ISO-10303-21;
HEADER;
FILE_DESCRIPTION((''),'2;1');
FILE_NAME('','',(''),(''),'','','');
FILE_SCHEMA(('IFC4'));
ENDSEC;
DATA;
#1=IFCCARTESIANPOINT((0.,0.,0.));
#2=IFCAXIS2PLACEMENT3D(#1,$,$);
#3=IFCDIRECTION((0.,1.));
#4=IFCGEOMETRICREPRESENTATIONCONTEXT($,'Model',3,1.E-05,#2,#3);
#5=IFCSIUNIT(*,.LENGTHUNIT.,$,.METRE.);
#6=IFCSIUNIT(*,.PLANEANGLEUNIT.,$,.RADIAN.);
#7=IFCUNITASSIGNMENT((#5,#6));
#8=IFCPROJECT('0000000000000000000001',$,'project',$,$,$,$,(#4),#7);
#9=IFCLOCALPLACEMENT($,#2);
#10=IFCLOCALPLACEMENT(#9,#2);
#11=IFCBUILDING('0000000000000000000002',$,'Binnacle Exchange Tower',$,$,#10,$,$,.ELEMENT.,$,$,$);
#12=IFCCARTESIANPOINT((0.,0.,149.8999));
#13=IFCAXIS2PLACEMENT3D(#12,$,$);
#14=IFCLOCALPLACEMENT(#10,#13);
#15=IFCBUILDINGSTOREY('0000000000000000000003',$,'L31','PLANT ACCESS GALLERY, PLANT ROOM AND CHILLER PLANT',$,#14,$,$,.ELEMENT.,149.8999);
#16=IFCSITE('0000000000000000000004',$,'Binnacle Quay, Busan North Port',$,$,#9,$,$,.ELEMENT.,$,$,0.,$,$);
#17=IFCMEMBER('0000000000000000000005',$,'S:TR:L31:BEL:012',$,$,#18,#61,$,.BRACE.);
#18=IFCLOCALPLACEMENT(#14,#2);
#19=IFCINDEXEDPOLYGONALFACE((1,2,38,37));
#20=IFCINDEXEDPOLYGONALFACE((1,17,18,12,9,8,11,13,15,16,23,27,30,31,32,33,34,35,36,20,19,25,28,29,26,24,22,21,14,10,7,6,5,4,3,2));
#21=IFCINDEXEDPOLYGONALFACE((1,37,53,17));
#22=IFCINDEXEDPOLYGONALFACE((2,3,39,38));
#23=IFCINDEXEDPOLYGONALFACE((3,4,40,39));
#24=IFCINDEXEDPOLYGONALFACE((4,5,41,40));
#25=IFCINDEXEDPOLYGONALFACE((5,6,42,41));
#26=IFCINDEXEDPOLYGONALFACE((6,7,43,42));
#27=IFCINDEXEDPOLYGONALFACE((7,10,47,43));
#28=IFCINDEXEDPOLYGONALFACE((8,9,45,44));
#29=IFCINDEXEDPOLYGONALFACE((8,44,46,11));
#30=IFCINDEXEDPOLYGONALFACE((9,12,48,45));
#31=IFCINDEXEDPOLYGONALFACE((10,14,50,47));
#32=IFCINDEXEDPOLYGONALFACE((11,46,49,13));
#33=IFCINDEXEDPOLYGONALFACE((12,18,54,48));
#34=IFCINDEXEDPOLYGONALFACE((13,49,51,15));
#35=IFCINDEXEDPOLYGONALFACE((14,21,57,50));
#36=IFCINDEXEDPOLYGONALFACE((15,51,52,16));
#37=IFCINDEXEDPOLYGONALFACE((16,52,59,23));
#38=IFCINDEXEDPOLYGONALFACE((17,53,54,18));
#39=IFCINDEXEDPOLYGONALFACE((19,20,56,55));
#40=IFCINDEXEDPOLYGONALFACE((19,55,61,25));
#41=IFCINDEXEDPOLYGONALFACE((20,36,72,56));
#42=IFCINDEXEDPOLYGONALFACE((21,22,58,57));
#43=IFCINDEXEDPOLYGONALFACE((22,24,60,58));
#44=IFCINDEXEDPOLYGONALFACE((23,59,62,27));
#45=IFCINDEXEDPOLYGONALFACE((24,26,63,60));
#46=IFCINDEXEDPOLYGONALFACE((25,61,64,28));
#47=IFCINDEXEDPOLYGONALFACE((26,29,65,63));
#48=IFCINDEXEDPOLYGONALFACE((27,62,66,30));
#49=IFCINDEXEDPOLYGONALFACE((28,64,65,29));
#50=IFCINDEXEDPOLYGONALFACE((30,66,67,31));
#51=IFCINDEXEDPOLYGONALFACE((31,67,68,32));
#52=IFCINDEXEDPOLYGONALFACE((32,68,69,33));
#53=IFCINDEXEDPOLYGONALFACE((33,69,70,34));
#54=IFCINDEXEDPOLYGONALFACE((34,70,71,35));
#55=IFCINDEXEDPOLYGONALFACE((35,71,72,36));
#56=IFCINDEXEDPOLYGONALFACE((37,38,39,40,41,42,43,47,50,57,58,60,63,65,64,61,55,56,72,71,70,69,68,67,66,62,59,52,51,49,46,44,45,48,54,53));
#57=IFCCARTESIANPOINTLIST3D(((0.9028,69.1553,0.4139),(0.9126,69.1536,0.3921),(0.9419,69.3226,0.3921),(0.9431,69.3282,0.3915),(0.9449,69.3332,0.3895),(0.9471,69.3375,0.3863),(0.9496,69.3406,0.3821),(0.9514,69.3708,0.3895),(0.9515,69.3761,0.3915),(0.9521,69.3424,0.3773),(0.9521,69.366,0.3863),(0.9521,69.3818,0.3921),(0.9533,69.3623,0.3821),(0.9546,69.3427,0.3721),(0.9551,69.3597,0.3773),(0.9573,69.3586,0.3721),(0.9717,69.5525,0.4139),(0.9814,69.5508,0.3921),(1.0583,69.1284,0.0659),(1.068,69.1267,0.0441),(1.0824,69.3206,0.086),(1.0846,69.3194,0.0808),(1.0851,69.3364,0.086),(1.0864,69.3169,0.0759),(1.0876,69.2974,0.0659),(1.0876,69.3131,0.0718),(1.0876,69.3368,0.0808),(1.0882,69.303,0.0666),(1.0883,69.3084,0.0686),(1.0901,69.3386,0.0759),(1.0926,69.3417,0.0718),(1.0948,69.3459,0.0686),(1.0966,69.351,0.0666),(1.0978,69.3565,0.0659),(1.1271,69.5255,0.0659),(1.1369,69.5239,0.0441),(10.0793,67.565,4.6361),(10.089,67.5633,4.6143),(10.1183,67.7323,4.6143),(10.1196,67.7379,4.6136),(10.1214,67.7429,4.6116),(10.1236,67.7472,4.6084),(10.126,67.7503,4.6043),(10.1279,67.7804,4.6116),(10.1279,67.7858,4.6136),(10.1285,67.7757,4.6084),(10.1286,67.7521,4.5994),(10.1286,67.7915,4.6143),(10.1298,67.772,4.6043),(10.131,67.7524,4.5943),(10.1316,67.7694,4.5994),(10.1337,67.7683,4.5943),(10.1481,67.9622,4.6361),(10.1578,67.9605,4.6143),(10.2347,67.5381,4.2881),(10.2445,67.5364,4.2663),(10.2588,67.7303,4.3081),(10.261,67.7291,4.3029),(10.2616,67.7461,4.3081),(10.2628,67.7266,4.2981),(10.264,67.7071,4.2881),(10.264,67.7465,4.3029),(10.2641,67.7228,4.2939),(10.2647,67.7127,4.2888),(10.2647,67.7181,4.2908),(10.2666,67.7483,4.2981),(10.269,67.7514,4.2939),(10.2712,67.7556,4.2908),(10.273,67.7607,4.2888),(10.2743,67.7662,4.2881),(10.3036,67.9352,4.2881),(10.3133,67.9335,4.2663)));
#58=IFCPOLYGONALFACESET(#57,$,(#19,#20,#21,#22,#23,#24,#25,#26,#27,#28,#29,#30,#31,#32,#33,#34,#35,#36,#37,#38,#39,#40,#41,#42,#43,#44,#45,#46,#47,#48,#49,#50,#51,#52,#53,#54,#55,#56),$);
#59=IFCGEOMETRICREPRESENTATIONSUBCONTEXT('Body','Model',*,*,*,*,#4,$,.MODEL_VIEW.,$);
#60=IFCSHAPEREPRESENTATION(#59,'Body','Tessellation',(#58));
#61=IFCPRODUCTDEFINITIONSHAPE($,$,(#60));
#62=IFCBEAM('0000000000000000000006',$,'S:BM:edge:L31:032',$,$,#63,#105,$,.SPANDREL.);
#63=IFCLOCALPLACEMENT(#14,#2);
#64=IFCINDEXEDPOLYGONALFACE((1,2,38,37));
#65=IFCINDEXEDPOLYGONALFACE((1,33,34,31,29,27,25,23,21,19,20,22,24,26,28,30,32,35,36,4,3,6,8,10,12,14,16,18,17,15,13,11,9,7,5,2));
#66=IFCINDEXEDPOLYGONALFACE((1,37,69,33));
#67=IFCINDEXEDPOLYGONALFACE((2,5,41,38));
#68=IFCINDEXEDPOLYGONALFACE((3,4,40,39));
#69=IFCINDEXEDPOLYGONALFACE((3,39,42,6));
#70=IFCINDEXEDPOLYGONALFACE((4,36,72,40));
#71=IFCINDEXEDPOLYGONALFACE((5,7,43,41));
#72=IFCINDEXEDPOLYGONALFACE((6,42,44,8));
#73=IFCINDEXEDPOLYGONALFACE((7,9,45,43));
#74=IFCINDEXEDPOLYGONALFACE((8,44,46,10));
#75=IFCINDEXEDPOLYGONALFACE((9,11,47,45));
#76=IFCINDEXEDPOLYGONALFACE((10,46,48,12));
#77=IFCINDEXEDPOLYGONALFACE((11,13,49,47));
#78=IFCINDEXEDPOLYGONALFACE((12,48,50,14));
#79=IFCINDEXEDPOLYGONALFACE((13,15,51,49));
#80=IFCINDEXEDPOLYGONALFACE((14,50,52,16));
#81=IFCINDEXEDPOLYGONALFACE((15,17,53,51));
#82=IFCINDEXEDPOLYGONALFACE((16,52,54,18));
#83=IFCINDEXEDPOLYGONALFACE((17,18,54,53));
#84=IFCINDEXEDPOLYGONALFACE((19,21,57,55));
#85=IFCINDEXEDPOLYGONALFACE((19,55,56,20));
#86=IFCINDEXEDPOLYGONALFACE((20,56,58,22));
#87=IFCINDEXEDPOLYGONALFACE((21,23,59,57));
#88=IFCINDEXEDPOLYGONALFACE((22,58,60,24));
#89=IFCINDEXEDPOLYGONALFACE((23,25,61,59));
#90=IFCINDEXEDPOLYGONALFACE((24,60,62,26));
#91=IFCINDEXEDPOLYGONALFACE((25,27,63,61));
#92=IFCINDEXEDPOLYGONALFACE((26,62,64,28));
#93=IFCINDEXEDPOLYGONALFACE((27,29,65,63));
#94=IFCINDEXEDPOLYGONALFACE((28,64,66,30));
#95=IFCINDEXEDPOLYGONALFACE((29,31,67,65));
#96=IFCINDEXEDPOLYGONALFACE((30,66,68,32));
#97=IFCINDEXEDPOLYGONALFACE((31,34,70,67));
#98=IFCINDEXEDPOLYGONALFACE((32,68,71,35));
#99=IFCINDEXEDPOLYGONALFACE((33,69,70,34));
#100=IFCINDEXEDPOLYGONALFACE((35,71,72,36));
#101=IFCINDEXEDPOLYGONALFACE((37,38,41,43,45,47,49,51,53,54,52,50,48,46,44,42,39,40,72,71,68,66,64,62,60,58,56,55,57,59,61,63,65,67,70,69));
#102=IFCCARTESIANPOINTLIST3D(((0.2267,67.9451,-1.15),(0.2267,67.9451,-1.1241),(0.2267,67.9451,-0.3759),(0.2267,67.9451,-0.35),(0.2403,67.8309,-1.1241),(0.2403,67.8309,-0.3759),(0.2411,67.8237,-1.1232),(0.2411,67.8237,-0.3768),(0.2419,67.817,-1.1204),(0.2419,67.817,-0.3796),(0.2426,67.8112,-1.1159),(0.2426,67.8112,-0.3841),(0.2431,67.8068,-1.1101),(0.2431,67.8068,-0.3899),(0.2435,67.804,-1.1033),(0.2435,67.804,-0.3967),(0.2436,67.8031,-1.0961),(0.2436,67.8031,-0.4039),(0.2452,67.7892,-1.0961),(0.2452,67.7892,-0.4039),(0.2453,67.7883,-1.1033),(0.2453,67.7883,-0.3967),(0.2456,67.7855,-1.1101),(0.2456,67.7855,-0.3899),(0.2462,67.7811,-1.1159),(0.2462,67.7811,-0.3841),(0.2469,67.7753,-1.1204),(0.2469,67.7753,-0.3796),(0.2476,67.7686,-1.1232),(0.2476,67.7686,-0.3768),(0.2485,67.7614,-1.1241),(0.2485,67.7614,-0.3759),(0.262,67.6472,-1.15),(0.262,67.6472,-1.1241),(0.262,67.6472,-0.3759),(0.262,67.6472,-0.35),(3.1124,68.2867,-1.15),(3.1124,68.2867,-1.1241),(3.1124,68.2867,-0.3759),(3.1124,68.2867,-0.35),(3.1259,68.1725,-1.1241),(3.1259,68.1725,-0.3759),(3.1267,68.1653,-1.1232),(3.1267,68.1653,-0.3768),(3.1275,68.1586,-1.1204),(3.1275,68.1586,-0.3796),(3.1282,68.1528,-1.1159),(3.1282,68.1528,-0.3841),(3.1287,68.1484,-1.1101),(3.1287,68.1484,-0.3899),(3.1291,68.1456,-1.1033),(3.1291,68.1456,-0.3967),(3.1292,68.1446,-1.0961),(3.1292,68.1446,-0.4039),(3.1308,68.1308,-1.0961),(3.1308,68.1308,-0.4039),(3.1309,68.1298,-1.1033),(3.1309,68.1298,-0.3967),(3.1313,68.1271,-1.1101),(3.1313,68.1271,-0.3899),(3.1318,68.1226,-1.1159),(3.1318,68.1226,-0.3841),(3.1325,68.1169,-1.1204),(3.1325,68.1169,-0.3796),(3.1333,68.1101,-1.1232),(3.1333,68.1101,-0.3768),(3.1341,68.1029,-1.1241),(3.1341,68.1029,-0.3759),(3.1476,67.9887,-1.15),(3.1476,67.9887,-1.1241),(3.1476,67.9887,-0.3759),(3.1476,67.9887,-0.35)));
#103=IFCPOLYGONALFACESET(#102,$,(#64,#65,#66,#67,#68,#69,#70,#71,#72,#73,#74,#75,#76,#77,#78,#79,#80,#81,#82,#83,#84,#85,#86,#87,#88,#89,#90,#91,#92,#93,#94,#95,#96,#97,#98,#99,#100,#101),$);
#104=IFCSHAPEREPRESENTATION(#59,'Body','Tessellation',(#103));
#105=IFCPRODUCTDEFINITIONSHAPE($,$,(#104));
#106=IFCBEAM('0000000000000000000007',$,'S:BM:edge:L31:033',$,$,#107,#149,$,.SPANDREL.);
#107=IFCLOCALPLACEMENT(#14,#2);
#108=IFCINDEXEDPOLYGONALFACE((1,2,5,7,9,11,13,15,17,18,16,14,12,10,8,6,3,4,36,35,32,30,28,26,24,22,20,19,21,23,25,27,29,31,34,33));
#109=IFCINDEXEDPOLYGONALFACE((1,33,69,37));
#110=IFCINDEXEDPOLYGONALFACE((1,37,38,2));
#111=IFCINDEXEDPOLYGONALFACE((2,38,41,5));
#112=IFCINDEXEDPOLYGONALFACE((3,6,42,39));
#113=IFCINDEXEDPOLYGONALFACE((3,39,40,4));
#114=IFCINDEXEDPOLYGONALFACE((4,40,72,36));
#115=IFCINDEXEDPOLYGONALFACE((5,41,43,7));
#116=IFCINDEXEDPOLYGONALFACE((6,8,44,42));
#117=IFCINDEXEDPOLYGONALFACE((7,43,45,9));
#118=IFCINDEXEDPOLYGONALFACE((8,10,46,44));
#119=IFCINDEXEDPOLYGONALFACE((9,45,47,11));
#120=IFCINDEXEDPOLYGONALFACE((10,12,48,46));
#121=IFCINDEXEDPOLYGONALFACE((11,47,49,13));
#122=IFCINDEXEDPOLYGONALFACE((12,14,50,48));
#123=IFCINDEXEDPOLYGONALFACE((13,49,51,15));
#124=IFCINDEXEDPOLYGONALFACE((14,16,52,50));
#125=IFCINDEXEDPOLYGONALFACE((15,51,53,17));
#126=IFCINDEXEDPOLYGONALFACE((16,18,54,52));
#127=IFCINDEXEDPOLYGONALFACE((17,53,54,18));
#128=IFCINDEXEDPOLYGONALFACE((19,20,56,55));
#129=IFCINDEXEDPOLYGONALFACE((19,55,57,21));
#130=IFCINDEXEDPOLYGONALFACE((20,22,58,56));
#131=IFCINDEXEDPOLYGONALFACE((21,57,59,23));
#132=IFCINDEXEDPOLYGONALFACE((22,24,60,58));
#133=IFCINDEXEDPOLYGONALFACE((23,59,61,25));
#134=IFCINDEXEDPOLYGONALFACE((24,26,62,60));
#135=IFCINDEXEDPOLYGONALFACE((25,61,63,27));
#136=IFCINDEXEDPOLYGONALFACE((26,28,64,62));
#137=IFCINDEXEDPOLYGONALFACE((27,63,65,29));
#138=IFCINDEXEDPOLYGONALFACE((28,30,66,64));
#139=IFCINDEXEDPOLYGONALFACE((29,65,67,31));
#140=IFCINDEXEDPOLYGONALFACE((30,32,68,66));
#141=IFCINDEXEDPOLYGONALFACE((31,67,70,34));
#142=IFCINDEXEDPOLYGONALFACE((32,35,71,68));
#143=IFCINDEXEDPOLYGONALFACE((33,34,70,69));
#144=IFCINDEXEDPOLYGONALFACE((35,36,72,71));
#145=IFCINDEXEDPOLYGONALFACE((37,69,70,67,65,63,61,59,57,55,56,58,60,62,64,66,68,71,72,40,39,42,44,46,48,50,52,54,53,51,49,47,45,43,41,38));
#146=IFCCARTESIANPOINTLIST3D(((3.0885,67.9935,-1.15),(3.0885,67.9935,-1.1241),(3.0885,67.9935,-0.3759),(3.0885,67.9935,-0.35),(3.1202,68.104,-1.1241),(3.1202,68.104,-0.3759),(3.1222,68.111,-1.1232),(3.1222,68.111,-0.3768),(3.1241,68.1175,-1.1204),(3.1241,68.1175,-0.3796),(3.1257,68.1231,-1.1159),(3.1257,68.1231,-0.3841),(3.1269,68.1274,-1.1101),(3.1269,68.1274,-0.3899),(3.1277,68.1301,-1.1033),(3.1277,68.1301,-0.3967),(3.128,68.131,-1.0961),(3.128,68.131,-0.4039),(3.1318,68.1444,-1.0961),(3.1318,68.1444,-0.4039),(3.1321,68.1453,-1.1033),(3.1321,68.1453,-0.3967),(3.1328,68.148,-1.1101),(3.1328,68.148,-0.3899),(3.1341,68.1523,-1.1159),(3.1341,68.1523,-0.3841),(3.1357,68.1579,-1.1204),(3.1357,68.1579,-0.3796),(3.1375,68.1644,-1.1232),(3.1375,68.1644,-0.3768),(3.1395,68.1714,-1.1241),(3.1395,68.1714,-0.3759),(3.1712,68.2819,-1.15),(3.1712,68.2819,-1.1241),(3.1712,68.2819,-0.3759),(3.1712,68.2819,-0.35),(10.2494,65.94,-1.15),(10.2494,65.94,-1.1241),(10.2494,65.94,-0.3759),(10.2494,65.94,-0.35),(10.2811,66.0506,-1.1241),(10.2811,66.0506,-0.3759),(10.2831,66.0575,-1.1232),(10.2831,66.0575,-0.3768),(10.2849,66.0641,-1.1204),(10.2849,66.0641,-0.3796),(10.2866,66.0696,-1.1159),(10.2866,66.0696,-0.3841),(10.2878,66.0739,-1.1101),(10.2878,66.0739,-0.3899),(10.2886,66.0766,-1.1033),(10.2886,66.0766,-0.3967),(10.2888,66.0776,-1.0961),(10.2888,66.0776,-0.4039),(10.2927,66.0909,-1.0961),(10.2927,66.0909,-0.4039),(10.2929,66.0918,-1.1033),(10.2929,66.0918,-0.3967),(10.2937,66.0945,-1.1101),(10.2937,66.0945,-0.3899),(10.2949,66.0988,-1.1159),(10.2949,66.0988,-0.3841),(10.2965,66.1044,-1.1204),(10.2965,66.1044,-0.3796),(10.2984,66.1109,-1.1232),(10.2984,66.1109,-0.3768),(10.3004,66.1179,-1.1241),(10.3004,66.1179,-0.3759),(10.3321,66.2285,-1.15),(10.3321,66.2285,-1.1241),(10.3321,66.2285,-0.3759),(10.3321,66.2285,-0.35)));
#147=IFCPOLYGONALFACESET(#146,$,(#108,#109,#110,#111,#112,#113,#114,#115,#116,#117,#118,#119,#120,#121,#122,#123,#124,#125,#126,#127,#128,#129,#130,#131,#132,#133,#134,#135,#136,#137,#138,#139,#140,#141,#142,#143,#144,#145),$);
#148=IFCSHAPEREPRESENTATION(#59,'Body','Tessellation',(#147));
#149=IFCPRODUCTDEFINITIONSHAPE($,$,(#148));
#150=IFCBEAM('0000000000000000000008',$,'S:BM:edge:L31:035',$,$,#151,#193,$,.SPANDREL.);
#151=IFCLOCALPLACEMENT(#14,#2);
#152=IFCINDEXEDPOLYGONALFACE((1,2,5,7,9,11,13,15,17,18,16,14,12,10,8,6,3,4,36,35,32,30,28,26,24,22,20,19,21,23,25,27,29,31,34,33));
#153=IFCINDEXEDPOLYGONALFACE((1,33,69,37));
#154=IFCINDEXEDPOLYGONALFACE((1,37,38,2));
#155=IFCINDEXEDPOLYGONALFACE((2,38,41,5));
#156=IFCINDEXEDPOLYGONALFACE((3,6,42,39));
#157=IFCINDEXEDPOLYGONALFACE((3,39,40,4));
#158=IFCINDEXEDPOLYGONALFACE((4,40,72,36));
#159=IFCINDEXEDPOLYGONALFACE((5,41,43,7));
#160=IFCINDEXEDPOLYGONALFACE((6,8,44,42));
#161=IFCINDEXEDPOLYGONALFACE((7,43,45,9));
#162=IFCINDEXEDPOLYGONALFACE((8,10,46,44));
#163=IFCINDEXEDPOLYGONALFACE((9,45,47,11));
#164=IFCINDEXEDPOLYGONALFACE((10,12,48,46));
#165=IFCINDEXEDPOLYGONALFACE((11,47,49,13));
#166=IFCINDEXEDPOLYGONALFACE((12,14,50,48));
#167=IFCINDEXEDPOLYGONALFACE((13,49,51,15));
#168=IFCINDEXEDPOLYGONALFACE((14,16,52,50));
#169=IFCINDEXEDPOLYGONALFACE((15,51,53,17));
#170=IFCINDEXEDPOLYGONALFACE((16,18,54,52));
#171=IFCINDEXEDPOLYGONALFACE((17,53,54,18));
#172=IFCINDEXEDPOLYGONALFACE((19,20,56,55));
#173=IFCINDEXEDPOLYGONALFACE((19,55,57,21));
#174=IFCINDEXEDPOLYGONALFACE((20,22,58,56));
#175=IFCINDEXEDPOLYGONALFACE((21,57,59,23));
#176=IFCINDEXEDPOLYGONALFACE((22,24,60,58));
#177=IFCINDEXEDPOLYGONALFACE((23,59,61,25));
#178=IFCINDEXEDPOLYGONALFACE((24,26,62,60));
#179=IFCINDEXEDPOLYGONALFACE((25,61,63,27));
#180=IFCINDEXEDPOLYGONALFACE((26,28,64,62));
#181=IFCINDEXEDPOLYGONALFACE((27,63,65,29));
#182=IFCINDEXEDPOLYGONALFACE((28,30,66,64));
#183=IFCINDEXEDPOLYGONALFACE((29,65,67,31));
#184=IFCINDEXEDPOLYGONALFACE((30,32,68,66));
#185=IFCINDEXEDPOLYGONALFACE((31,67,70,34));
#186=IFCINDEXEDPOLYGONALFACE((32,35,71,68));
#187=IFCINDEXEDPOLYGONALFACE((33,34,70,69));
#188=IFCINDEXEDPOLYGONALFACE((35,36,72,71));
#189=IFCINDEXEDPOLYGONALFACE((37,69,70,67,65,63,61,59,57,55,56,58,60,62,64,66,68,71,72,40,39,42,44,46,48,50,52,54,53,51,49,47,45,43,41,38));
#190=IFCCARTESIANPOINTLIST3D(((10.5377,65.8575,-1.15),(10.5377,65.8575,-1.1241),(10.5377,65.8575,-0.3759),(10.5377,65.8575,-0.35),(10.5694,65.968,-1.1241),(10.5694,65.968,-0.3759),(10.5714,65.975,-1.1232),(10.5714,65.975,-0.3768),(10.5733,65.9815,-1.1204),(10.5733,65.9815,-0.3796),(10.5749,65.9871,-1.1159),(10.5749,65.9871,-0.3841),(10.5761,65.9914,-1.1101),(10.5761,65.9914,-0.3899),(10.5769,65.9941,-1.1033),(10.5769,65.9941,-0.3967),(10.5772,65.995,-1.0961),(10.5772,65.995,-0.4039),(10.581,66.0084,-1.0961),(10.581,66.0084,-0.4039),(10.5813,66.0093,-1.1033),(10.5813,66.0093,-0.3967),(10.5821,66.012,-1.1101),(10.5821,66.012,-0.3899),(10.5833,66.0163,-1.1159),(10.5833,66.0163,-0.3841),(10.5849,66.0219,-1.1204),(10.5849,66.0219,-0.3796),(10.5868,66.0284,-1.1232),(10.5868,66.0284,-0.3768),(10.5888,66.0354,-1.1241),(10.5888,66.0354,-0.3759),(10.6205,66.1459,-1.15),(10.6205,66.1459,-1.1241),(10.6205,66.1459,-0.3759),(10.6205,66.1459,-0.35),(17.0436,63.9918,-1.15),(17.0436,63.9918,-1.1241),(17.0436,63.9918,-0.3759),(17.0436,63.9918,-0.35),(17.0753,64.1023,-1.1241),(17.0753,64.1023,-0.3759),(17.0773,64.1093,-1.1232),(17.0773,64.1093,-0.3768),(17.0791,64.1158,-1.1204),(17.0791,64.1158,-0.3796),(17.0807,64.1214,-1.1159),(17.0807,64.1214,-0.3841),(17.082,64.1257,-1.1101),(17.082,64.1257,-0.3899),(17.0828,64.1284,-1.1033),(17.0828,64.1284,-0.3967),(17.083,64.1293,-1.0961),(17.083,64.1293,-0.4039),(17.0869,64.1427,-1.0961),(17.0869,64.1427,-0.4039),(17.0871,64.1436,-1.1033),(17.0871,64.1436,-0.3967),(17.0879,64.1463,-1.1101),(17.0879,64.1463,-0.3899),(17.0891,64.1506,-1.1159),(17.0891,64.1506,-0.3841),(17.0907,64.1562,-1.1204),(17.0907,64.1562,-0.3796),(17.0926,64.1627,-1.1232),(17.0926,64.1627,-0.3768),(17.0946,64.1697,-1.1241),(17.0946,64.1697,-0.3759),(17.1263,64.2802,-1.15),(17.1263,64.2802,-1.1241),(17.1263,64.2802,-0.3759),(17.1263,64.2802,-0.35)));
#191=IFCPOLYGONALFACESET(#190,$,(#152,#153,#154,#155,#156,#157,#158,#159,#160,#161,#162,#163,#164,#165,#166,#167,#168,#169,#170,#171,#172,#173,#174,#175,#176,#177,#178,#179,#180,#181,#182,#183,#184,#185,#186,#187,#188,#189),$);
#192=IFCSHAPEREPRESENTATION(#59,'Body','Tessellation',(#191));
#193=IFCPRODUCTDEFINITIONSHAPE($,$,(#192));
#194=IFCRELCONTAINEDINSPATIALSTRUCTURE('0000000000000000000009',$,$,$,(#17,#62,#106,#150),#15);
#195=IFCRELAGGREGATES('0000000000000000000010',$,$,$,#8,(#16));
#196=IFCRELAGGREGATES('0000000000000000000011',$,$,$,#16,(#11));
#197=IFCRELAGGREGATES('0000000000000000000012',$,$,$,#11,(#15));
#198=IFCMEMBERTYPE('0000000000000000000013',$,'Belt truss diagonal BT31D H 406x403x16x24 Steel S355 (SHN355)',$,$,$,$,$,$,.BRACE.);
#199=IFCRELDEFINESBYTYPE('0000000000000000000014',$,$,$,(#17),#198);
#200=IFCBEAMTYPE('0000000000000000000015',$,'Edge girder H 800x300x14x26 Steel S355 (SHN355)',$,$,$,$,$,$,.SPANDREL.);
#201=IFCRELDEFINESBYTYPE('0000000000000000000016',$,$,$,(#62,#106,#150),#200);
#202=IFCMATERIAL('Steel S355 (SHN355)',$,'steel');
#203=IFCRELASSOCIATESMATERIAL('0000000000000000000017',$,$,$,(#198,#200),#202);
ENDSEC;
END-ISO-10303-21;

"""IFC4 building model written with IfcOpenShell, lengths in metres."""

from ifc_helpers import new_model, si_unit, direction, frame, origin, origin_2d, place, context, subcontext, project, spatial, i_section, extrude, material, material_profile, profile_set, type_object, element, save


model = new_model("IFC4")

# Units and contexts
model_context = context("Model", 3, precision=1e-05, world=origin(), true_north=direction((0.0, 1.0)))
body_context = subcontext(model_context, "Body", "Model", "MODEL_VIEW")
ifc_project = project(units=[si_unit("LENGTHUNIT", "METRE"), si_unit("PLANEANGLEUNIT", "RADIAN")], contexts=[model_context])

# Site, building, storey
site_placement = place(None, origin())
site = spatial("IfcSite", under=ifc_project, at=site_placement, Name="Binnacle Quay, Busan North Port", CompositionType="ELEMENT", RefElevation=0.0)
building_placement = place(site_placement, origin())
building = spatial("IfcBuilding", under=site, at=building_placement, Name="Binnacle Exchange Tower", CompositionType="ELEMENT")
storey_placement = place(building_placement, frame((0.0, 0.0, 149.8999)))
storey = spatial("IfcBuildingStorey", under=building, at=storey_placement, Name="L31", Description="PLANT ACCESS GALLERY, PLANT ROOM AND CHILLER PLANT", CompositionType="ELEMENT", Elevation=149.8999)

# Member
ifc_material_1 = material(Name="Steel S355 (SHN355)", Category="steel")
ifc_material_profile_1 = material_profile(ifc_material_1, i_section(OverallWidth=0.4031, OverallDepth=0.406, WebThickness=0.0161, FlangeThickness=0.0239, FilletRadius=0.022, at=origin_2d()), Name="H 406x403x16x24")
ifc_profile_set_1 = profile_set([ifc_material_profile_1], Name="Steel S355 (SHN355)")
member_type_1 = type_object("IfcMemberType", Name="Belt truss diagonal BT31D H 406x403x16x24 Steel S355 (SHN355)", PredefinedType="BRACE", material=ifc_profile_set_1)
member_1_placement = place(storey_placement, frame((10.1963, 67.7493, 4.4512), z_axis=(-0.8974, 0.155524, -0.412899), x_axis=(-0.170759, -0.985313, 0.0)))
element("IfcMember", 1, at=member_1_placement, inside=storey, type_object=member_type_1, Name="S:TR:L31:BEL:012", PredefinedType="BRACE", context=body_context, shape_type="SweptSolid", body=[
    extrude(i_section(OverallWidth=0.4031, OverallDepth=0.406, WebThickness=0.0161, FlangeThickness=0.0239, FilletRadius=0.022, at=origin_2d()), origin(), (0.0, 0.0, 1.0), 10.2256),
])

# Beams
ifc_material_profile_2 = material_profile(ifc_material_1, i_section(OverallWidth=0.3, OverallDepth=0.8, WebThickness=0.0139, FlangeThickness=0.0259, FilletRadius=0.0281, at=origin_2d()), Name="H 800x300x14x26")
ifc_profile_set_2 = profile_set([ifc_material_profile_2], Name="Steel S355 (SHN355)")
beam_type_1 = type_object("IfcBeamType", Name="Edge girder H 800x300x14x26 Steel S355 (SHN355)", PredefinedType="SPANDREL", material=ifc_profile_set_2)
beam_1_placement = place(storey_placement, frame((0.2444, 67.7961, -0.75), z_axis=(0.993067, 0.117548, 0.0), x_axis=(-0.117548, 0.993067, 0.0)))
element("IfcBeam", 2, at=beam_1_placement, inside=storey, type_object=beam_type_1, Name="S:BM:edge:L31:032", PredefinedType="SPANDREL", context=body_context, shape_type="SweptSolid", body=[
    extrude(i_section(OverallWidth=0.3, OverallDepth=0.8, WebThickness=0.0139, FlangeThickness=0.0259, FilletRadius=0.0281, at=origin_2d()), origin(), (0.0, 0.0, 1.0), 2.9058),
])
beam_2_placement = place(storey_placement, frame((3.1299, 68.1377, -0.75), z_axis=(0.961258, -0.275652, 0.0), x_axis=(0.275652, 0.961258, 0.0)))
element("IfcBeam", 3, at=beam_2_placement, inside=storey, type_object=beam_type_1, Name="S:BM:edge:L31:033", PredefinedType="SPANDREL", context=body_context, shape_type="SweptSolid", body=[
    extrude(i_section(OverallWidth=0.3, OverallDepth=0.8, WebThickness=0.0139, FlangeThickness=0.0259, FilletRadius=0.0281, at=origin_2d()), origin(), (0.0, 0.0, 1.0), 7.4495),
])
beam_3_placement = place(storey_placement, frame((10.5791, 66.0017, -0.75), z_axis=(0.961254, -0.275664, 0.0), x_axis=(0.275664, 0.961254, 0.0)))
element("IfcBeam", 4, at=beam_3_placement, inside=storey, type_object=beam_type_1, Name="S:BM:edge:L31:035", PredefinedType="SPANDREL", context=body_context, shape_type="SweptSolid", body=[
    extrude(i_section(OverallWidth=0.3, OverallDepth=0.8, WebThickness=0.0139, FlangeThickness=0.0259, FilletRadius=0.0281, at=origin_2d()), origin(), (0.0, 0.0, 1.0), 6.7681),
])

save(model, "model.ifc")
